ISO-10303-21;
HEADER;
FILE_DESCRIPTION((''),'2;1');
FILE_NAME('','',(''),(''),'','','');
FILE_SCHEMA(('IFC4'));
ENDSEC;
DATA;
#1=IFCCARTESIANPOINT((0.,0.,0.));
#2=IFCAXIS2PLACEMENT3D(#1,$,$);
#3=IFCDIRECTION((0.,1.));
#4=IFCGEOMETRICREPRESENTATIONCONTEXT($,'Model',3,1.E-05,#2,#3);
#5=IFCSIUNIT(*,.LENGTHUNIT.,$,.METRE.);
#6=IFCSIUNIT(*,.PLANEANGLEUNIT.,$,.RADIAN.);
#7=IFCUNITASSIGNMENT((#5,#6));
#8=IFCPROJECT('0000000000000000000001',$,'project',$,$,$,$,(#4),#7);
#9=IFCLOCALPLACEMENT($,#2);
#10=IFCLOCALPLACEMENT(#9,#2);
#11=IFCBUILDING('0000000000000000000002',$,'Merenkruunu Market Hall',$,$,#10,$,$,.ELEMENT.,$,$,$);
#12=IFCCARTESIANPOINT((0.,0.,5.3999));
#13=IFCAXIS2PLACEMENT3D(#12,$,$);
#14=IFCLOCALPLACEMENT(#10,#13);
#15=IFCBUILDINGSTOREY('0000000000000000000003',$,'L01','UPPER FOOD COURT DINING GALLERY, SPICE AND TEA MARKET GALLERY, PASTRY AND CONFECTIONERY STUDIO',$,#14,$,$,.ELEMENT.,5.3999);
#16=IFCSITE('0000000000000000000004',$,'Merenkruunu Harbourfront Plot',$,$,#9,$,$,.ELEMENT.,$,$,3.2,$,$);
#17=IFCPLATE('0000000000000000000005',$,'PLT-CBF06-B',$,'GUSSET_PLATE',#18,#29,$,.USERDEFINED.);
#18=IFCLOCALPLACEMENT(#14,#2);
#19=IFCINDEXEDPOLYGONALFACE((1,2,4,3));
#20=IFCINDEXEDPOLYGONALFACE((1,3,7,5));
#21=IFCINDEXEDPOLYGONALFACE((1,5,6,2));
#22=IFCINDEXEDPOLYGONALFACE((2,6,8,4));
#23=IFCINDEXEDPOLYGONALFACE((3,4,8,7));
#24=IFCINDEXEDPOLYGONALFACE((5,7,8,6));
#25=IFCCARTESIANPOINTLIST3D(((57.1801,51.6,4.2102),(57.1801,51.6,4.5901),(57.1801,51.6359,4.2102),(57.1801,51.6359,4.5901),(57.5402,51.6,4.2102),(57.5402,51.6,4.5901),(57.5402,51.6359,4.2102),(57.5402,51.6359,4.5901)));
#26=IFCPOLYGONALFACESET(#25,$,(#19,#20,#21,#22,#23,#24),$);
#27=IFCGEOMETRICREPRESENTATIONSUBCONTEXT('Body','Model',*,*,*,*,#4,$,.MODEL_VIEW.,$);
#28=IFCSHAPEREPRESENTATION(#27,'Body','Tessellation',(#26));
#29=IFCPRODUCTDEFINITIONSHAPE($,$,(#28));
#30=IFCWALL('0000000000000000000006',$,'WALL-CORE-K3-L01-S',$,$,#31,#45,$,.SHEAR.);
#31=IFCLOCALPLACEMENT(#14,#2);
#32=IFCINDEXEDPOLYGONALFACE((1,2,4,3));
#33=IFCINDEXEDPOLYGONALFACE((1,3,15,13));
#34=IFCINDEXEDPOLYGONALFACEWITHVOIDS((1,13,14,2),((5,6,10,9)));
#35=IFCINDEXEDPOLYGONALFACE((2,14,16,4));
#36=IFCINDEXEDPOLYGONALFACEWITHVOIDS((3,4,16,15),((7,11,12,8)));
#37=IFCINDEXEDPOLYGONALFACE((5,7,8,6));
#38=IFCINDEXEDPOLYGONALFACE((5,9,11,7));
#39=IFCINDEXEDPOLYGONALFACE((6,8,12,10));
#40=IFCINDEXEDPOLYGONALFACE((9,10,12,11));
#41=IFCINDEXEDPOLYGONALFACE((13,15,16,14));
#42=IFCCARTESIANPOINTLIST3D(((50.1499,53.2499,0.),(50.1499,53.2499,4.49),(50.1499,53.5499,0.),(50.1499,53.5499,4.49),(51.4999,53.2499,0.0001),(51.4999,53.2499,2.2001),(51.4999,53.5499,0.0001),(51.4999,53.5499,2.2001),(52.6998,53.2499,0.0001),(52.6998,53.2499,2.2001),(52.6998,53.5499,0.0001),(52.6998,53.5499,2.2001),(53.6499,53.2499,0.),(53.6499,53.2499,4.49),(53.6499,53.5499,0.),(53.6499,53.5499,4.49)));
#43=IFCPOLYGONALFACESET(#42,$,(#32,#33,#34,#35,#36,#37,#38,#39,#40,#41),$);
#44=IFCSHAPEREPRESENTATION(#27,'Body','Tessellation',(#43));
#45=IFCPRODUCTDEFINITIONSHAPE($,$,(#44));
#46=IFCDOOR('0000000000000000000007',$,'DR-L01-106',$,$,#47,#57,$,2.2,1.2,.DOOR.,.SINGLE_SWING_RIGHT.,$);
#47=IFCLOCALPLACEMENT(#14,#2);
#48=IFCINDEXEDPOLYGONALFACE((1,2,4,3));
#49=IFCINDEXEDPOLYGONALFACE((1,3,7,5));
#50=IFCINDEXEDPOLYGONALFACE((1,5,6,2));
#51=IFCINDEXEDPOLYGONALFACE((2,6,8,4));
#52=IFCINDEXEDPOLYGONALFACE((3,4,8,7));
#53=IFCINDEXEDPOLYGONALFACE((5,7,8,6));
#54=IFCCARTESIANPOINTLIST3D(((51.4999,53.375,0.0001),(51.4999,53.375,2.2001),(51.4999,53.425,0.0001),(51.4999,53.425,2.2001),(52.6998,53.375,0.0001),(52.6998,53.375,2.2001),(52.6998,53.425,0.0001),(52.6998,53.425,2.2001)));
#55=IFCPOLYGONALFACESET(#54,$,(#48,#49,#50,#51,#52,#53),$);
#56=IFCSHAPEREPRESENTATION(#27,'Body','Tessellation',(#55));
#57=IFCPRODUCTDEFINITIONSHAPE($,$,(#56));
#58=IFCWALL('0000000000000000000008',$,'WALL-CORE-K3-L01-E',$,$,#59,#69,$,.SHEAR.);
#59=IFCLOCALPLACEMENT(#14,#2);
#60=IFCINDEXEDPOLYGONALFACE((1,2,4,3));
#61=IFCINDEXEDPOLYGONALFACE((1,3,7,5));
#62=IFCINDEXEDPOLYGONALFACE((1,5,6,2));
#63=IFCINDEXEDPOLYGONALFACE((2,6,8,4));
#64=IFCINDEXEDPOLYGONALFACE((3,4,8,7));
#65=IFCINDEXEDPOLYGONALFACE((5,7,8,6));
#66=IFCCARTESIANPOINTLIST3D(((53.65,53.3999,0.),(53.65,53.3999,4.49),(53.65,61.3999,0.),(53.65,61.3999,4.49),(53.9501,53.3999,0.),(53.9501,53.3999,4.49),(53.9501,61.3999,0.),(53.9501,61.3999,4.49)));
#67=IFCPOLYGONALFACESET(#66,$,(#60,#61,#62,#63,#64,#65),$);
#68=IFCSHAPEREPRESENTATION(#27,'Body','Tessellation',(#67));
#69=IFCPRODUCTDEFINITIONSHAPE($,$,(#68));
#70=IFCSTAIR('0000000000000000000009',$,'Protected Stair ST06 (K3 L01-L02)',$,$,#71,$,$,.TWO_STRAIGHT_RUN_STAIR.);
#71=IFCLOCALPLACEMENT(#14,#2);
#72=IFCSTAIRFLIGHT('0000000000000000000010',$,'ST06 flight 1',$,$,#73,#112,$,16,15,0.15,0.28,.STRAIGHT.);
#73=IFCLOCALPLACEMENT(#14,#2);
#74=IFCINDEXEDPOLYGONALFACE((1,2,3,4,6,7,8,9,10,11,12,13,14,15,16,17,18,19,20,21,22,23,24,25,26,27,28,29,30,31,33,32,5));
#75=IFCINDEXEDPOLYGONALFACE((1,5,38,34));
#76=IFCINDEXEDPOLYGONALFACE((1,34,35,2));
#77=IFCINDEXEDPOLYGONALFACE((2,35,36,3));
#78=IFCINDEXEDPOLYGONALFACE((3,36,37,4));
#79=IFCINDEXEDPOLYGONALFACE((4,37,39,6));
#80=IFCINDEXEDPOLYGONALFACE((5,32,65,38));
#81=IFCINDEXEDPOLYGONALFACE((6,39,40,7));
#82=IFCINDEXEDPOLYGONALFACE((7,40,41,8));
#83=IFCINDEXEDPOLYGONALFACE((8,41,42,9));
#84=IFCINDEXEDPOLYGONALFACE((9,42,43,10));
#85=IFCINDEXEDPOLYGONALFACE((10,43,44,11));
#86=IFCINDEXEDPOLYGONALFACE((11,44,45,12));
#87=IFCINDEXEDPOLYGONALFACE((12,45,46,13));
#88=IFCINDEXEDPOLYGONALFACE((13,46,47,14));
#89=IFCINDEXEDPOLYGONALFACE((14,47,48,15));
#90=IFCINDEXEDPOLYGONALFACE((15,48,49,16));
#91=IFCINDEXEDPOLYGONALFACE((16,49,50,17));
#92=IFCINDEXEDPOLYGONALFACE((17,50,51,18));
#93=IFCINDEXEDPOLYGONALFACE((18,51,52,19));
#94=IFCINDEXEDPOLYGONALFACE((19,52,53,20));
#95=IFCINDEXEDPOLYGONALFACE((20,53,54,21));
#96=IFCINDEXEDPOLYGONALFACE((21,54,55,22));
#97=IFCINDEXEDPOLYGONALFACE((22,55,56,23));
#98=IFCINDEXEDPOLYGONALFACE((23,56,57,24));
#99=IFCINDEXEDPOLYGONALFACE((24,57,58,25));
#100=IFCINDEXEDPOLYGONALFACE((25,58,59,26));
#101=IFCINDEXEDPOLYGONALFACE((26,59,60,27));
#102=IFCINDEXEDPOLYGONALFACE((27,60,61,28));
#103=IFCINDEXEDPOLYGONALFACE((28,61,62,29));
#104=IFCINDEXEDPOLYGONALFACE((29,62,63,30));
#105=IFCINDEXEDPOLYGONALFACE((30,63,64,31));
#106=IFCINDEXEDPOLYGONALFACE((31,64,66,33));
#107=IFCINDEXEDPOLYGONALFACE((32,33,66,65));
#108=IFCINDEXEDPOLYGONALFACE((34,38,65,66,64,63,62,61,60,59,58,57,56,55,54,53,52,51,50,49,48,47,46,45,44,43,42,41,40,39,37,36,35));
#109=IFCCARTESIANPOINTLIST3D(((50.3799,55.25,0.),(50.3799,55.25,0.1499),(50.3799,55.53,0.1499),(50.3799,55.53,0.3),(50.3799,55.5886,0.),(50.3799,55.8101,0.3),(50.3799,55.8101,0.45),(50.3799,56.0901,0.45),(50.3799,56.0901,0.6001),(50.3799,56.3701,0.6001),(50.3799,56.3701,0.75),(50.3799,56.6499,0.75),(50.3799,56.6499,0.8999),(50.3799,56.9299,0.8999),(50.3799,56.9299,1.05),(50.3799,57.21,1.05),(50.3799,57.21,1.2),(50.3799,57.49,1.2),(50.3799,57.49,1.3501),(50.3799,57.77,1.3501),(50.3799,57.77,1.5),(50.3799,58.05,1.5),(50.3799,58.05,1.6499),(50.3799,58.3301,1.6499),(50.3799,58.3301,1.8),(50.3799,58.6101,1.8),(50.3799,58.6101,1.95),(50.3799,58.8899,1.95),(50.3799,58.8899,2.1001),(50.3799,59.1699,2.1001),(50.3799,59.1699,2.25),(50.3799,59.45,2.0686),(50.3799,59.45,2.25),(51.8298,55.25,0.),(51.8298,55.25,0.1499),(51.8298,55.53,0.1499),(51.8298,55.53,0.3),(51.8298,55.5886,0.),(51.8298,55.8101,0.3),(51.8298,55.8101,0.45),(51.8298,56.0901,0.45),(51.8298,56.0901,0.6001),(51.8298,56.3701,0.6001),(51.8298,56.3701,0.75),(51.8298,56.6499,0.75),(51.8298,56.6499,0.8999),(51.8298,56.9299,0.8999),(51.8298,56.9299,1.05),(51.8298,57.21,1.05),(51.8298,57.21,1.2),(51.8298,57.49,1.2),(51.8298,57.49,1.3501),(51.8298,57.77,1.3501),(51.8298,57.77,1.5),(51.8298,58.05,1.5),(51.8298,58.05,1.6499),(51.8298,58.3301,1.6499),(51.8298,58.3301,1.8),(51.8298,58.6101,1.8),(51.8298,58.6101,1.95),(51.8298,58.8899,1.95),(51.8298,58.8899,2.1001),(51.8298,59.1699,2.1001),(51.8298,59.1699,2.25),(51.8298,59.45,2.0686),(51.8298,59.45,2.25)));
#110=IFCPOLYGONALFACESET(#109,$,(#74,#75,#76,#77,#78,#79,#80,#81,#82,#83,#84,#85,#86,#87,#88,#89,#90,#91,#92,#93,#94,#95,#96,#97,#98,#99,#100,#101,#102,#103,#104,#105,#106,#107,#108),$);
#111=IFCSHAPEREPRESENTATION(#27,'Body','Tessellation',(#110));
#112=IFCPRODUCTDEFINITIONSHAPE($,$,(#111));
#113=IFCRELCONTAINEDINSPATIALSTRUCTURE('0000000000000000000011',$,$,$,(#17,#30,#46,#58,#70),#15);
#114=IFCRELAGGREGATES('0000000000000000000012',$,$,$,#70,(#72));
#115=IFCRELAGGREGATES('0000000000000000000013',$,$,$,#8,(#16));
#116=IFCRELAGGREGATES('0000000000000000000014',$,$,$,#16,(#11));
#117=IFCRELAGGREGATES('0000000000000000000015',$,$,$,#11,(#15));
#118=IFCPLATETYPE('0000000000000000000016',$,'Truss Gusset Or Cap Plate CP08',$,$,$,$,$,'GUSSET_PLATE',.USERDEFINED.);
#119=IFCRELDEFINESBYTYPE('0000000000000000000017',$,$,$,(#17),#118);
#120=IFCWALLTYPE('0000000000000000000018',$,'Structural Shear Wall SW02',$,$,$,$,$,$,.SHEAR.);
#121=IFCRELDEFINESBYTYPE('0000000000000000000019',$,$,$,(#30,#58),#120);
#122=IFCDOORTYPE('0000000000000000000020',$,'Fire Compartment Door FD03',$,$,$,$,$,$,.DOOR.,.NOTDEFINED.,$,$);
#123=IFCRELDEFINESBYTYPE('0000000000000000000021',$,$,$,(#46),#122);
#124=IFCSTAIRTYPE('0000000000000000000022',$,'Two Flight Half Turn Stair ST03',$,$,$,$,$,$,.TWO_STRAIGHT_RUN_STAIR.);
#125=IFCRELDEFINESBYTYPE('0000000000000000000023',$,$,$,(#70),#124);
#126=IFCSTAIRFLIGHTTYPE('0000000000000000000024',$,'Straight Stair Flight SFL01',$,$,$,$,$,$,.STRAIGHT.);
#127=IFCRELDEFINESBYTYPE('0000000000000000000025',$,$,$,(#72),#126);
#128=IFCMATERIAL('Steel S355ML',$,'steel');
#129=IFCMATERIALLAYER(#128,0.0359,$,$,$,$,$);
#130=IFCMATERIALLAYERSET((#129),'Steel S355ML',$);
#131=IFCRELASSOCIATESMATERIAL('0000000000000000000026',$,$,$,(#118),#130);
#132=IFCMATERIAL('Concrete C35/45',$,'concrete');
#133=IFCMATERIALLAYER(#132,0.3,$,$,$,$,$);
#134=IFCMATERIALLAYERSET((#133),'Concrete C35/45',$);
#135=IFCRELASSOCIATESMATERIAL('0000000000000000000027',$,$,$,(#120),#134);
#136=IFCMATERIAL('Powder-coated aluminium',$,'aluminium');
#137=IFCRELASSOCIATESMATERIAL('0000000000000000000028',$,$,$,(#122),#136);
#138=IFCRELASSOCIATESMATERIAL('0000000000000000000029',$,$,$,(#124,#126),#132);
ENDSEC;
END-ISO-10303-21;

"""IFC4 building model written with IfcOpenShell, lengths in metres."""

from ifc_helpers import new_model, si_unit, direction, frame, frame_2d, origin, origin_2d, place, context, subcontext, project, spatial, polyline, rectangle, outline, extrude, material, layer, layer_set, type_object, element, fill, aggregate, save


model = new_model("IFC4")

# Units and contexts
model_context = context("Model", 3, precision=1e-05, world=origin(), true_north=direction((0.0, 1.0)))
body_context = subcontext(model_context, "Body", "Model", "MODEL_VIEW")
ifc_project = project(units=[si_unit("LENGTHUNIT", "METRE"), si_unit("PLANEANGLEUNIT", "RADIAN")], contexts=[model_context])

# Site, building, storey
site_placement = place(None, origin())
site = spatial("IfcSite", under=ifc_project, at=site_placement, Name="Merenkruunu Harbourfront Plot", CompositionType="ELEMENT", RefElevation=3.2)
building_placement = place(site_placement, origin())
building = spatial("IfcBuilding", under=site, at=building_placement, Name="Merenkruunu Market Hall", CompositionType="ELEMENT")
storey_placement = place(building_placement, frame((0.0, 0.0, 5.3999)))
storey = spatial("IfcBuildingStorey", under=building, at=storey_placement, Name="L01", Description="UPPER FOOD COURT DINING GALLERY, SPICE AND TEA MARKET GALLERY, PASTRY AND CONFECTIONERY STUDIO", CompositionType="ELEMENT", Elevation=5.3999)

# Shared definitions
ifc_material_1 = material(Name="Steel S355ML", Category="steel")

# Shared definitions
ifc_material_2 = material(Name="Powder-coated aluminium", Category="aluminium")

# Plate
ifc_layer_1 = layer(ifc_material_1, 0.0359)
ifc_layer_set_1 = layer_set([ifc_layer_1], Name="Steel S355ML")
plate_type_1 = type_object("IfcPlateType", Name="Truss Gusset Or Cap Plate CP08", ElementType="GUSSET_PLATE", PredefinedType="USERDEFINED", material=ifc_layer_set_1)
plate_1_placement = place(storey_placement, frame((57.3601, 51.6179, 4.2102), z_axis=(0.0, 0.0, 1.0), x_axis=(1.0, 0.0, 0.0)))
element("IfcPlate", 1, at=plate_1_placement, inside=storey, type_object=plate_type_1, Name="PLT-CBF06-B", ObjectType="GUSSET_PLATE", PredefinedType="USERDEFINED", context=body_context, shape_type="SweptSolid", body=[
    extrude(rectangle(XDim=0.3601, YDim=0.0359, at=origin_2d()), origin(), (0.0, 0.0, 1.0), 0.3799),
])

# Wall, opening, door
ifc_material_3 = material(Name="Concrete C35/45", Category="concrete")
ifc_layer_2 = layer(ifc_material_3, 0.3)
ifc_layer_set_2 = layer_set([ifc_layer_2], Name="Concrete C35/45")
wall_type = type_object("IfcWallType", Name="Structural Shear Wall SW02", PredefinedType="SHEAR", material=ifc_layer_set_2)
wall_1_placement = place(storey_placement, frame((53.6499, 53.3999, 0.0), z_axis=(0.0, 0.0, 1.0), x_axis=(-1.0, 0.0, 0.0)))
wall_1 = element("IfcWall", 2, at=wall_1_placement, inside=storey, type_object=wall_type, Name="WALL-CORE-K3-L01-S", PredefinedType="SHEAR", context=body_context, shape_type="SweptSolid", body=[
    extrude(rectangle(XDim=3.5, YDim=0.3, at=frame_2d((1.75, 0.0))), origin(), (0.0, 0.0, 1.0), 4.49),
])
opening_placement = place(wall_1_placement, frame((0.95, 0.0, 0.0)))
opening = element("IfcOpeningElement", 3, at=opening_placement, cuts=wall_1, PredefinedType="OPENING", context=body_context, shape_type="SweptSolid", body=[
    extrude(rectangle(XDim=1.2, YDim=2.2, at=frame_2d((0.6001, 1.1001))), frame((0.0, 0.1602, 0.0), z_axis=(0.0, -1.0, 0.0), x_axis=(1.0, 0.0, 0.0)), (0.0, 0.0, 1.0), 0.3201),
])
door_type = type_object("IfcDoorType", Name="Fire Compartment Door FD03", OperationType="NOTDEFINED", PredefinedType="DOOR", material=ifc_material_2)
door_placement = place(opening_placement, origin())
door = element("IfcDoor", 4, at=door_placement, inside=storey, type_object=door_type, Name="DR-L01-106", OperationType="SINGLE_SWING_RIGHT", OverallHeight=2.2, OverallWidth=1.2, PredefinedType="DOOR", context=body_context, shape_type="SweptSolid", body=[
    extrude(rectangle(XDim=1.2, YDim=2.2, at=frame_2d((0.6001, 1.1001))), frame((0.0, 0.0249, 0.0), z_axis=(0.0, -1.0, 0.0), x_axis=(1.0, 0.0, 0.0)), (0.0, 0.0, 1.0), 0.05),
])
fill(opening, door)

# Wall
wall_2_placement = place(storey_placement, frame((53.8, 53.3999, 0.0), z_axis=(0.0, 0.0, 1.0), x_axis=(0.0, 1.0, 0.0)))
element("IfcWall", 5, at=wall_2_placement, inside=storey, type_object=wall_type, Name="WALL-CORE-K3-L01-E", PredefinedType="SHEAR", context=body_context, shape_type="SweptSolid", body=[
    extrude(rectangle(XDim=8.0, YDim=0.3, at=frame_2d((4.0, 0.0))), origin(), (0.0, 0.0, 1.0), 4.49),
])

# Stair, stair flight
stair_type = type_object("IfcStairType", Name="Two Flight Half Turn Stair ST03", PredefinedType="TWO_STRAIGHT_RUN_STAIR", material=ifc_material_3)
stair_placement = place(storey_placement, origin())
stair = element("IfcStair", 6, at=stair_placement, inside=storey, type_object=stair_type, Name="Protected Stair ST06 (K3 L01-L02)", PredefinedType="TWO_STRAIGHT_RUN_STAIR")
stair_flight_type = type_object("IfcStairFlightType", Name="Straight Stair Flight SFL01", PredefinedType="STRAIGHT", material=ifc_material_3)
stair_flight_placement = place(storey_placement, frame((51.105, 55.25, 0.0), z_axis=(0.0, 0.0, 1.0), x_axis=(0.0, 1.0, 0.0)))
stair_flight = element("IfcStairFlight", 7, at=stair_flight_placement, type_object=stair_flight_type, Name="ST06 flight 1", NumberOfRisers=16, NumberOfTreads=15, PredefinedType="STRAIGHT", RiserHeight=0.15, TreadLength=0.28, context=body_context, shape_type="SweptSolid", body=[
    extrude(outline(polyline([(0.0, 0.0), (0.0, 0.1499), (0.28, 0.1499), (0.28, 0.3), (0.5601, 0.3), (0.5601, 0.45), (0.8401, 0.45), (0.8401, 0.6001), (1.1201, 0.6001), (1.1201, 0.75), (1.3999, 0.75), (1.3999, 0.8999), (1.6799, 0.8999), (1.6799, 1.05), (1.96, 1.05), (1.96, 1.2), (2.24, 1.2), (2.24, 1.3501), (2.52, 1.3501), (2.52, 1.5), (2.8, 1.5), (2.8, 1.6499), (3.0801, 1.6499), (3.0801, 1.8), (3.3601, 1.8), (3.3601, 1.95), (3.6399, 1.95), (3.6399, 2.1001), (3.9199, 2.1001), (3.9199, 2.25), (4.2, 2.25), (4.2, 2.3999), (4.2, 2.0686), (0.3386, 0.0), (0.0, 0.0)])), frame((0.0, 0.7251, 0.0), z_axis=(0.0, -1.0, 0.0), x_axis=(1.0, 0.0, 0.0)), (0.0, 0.0, 1.0), 1.45),
])
aggregate(stair, [stair_flight])

save(model, "model.ifc")
